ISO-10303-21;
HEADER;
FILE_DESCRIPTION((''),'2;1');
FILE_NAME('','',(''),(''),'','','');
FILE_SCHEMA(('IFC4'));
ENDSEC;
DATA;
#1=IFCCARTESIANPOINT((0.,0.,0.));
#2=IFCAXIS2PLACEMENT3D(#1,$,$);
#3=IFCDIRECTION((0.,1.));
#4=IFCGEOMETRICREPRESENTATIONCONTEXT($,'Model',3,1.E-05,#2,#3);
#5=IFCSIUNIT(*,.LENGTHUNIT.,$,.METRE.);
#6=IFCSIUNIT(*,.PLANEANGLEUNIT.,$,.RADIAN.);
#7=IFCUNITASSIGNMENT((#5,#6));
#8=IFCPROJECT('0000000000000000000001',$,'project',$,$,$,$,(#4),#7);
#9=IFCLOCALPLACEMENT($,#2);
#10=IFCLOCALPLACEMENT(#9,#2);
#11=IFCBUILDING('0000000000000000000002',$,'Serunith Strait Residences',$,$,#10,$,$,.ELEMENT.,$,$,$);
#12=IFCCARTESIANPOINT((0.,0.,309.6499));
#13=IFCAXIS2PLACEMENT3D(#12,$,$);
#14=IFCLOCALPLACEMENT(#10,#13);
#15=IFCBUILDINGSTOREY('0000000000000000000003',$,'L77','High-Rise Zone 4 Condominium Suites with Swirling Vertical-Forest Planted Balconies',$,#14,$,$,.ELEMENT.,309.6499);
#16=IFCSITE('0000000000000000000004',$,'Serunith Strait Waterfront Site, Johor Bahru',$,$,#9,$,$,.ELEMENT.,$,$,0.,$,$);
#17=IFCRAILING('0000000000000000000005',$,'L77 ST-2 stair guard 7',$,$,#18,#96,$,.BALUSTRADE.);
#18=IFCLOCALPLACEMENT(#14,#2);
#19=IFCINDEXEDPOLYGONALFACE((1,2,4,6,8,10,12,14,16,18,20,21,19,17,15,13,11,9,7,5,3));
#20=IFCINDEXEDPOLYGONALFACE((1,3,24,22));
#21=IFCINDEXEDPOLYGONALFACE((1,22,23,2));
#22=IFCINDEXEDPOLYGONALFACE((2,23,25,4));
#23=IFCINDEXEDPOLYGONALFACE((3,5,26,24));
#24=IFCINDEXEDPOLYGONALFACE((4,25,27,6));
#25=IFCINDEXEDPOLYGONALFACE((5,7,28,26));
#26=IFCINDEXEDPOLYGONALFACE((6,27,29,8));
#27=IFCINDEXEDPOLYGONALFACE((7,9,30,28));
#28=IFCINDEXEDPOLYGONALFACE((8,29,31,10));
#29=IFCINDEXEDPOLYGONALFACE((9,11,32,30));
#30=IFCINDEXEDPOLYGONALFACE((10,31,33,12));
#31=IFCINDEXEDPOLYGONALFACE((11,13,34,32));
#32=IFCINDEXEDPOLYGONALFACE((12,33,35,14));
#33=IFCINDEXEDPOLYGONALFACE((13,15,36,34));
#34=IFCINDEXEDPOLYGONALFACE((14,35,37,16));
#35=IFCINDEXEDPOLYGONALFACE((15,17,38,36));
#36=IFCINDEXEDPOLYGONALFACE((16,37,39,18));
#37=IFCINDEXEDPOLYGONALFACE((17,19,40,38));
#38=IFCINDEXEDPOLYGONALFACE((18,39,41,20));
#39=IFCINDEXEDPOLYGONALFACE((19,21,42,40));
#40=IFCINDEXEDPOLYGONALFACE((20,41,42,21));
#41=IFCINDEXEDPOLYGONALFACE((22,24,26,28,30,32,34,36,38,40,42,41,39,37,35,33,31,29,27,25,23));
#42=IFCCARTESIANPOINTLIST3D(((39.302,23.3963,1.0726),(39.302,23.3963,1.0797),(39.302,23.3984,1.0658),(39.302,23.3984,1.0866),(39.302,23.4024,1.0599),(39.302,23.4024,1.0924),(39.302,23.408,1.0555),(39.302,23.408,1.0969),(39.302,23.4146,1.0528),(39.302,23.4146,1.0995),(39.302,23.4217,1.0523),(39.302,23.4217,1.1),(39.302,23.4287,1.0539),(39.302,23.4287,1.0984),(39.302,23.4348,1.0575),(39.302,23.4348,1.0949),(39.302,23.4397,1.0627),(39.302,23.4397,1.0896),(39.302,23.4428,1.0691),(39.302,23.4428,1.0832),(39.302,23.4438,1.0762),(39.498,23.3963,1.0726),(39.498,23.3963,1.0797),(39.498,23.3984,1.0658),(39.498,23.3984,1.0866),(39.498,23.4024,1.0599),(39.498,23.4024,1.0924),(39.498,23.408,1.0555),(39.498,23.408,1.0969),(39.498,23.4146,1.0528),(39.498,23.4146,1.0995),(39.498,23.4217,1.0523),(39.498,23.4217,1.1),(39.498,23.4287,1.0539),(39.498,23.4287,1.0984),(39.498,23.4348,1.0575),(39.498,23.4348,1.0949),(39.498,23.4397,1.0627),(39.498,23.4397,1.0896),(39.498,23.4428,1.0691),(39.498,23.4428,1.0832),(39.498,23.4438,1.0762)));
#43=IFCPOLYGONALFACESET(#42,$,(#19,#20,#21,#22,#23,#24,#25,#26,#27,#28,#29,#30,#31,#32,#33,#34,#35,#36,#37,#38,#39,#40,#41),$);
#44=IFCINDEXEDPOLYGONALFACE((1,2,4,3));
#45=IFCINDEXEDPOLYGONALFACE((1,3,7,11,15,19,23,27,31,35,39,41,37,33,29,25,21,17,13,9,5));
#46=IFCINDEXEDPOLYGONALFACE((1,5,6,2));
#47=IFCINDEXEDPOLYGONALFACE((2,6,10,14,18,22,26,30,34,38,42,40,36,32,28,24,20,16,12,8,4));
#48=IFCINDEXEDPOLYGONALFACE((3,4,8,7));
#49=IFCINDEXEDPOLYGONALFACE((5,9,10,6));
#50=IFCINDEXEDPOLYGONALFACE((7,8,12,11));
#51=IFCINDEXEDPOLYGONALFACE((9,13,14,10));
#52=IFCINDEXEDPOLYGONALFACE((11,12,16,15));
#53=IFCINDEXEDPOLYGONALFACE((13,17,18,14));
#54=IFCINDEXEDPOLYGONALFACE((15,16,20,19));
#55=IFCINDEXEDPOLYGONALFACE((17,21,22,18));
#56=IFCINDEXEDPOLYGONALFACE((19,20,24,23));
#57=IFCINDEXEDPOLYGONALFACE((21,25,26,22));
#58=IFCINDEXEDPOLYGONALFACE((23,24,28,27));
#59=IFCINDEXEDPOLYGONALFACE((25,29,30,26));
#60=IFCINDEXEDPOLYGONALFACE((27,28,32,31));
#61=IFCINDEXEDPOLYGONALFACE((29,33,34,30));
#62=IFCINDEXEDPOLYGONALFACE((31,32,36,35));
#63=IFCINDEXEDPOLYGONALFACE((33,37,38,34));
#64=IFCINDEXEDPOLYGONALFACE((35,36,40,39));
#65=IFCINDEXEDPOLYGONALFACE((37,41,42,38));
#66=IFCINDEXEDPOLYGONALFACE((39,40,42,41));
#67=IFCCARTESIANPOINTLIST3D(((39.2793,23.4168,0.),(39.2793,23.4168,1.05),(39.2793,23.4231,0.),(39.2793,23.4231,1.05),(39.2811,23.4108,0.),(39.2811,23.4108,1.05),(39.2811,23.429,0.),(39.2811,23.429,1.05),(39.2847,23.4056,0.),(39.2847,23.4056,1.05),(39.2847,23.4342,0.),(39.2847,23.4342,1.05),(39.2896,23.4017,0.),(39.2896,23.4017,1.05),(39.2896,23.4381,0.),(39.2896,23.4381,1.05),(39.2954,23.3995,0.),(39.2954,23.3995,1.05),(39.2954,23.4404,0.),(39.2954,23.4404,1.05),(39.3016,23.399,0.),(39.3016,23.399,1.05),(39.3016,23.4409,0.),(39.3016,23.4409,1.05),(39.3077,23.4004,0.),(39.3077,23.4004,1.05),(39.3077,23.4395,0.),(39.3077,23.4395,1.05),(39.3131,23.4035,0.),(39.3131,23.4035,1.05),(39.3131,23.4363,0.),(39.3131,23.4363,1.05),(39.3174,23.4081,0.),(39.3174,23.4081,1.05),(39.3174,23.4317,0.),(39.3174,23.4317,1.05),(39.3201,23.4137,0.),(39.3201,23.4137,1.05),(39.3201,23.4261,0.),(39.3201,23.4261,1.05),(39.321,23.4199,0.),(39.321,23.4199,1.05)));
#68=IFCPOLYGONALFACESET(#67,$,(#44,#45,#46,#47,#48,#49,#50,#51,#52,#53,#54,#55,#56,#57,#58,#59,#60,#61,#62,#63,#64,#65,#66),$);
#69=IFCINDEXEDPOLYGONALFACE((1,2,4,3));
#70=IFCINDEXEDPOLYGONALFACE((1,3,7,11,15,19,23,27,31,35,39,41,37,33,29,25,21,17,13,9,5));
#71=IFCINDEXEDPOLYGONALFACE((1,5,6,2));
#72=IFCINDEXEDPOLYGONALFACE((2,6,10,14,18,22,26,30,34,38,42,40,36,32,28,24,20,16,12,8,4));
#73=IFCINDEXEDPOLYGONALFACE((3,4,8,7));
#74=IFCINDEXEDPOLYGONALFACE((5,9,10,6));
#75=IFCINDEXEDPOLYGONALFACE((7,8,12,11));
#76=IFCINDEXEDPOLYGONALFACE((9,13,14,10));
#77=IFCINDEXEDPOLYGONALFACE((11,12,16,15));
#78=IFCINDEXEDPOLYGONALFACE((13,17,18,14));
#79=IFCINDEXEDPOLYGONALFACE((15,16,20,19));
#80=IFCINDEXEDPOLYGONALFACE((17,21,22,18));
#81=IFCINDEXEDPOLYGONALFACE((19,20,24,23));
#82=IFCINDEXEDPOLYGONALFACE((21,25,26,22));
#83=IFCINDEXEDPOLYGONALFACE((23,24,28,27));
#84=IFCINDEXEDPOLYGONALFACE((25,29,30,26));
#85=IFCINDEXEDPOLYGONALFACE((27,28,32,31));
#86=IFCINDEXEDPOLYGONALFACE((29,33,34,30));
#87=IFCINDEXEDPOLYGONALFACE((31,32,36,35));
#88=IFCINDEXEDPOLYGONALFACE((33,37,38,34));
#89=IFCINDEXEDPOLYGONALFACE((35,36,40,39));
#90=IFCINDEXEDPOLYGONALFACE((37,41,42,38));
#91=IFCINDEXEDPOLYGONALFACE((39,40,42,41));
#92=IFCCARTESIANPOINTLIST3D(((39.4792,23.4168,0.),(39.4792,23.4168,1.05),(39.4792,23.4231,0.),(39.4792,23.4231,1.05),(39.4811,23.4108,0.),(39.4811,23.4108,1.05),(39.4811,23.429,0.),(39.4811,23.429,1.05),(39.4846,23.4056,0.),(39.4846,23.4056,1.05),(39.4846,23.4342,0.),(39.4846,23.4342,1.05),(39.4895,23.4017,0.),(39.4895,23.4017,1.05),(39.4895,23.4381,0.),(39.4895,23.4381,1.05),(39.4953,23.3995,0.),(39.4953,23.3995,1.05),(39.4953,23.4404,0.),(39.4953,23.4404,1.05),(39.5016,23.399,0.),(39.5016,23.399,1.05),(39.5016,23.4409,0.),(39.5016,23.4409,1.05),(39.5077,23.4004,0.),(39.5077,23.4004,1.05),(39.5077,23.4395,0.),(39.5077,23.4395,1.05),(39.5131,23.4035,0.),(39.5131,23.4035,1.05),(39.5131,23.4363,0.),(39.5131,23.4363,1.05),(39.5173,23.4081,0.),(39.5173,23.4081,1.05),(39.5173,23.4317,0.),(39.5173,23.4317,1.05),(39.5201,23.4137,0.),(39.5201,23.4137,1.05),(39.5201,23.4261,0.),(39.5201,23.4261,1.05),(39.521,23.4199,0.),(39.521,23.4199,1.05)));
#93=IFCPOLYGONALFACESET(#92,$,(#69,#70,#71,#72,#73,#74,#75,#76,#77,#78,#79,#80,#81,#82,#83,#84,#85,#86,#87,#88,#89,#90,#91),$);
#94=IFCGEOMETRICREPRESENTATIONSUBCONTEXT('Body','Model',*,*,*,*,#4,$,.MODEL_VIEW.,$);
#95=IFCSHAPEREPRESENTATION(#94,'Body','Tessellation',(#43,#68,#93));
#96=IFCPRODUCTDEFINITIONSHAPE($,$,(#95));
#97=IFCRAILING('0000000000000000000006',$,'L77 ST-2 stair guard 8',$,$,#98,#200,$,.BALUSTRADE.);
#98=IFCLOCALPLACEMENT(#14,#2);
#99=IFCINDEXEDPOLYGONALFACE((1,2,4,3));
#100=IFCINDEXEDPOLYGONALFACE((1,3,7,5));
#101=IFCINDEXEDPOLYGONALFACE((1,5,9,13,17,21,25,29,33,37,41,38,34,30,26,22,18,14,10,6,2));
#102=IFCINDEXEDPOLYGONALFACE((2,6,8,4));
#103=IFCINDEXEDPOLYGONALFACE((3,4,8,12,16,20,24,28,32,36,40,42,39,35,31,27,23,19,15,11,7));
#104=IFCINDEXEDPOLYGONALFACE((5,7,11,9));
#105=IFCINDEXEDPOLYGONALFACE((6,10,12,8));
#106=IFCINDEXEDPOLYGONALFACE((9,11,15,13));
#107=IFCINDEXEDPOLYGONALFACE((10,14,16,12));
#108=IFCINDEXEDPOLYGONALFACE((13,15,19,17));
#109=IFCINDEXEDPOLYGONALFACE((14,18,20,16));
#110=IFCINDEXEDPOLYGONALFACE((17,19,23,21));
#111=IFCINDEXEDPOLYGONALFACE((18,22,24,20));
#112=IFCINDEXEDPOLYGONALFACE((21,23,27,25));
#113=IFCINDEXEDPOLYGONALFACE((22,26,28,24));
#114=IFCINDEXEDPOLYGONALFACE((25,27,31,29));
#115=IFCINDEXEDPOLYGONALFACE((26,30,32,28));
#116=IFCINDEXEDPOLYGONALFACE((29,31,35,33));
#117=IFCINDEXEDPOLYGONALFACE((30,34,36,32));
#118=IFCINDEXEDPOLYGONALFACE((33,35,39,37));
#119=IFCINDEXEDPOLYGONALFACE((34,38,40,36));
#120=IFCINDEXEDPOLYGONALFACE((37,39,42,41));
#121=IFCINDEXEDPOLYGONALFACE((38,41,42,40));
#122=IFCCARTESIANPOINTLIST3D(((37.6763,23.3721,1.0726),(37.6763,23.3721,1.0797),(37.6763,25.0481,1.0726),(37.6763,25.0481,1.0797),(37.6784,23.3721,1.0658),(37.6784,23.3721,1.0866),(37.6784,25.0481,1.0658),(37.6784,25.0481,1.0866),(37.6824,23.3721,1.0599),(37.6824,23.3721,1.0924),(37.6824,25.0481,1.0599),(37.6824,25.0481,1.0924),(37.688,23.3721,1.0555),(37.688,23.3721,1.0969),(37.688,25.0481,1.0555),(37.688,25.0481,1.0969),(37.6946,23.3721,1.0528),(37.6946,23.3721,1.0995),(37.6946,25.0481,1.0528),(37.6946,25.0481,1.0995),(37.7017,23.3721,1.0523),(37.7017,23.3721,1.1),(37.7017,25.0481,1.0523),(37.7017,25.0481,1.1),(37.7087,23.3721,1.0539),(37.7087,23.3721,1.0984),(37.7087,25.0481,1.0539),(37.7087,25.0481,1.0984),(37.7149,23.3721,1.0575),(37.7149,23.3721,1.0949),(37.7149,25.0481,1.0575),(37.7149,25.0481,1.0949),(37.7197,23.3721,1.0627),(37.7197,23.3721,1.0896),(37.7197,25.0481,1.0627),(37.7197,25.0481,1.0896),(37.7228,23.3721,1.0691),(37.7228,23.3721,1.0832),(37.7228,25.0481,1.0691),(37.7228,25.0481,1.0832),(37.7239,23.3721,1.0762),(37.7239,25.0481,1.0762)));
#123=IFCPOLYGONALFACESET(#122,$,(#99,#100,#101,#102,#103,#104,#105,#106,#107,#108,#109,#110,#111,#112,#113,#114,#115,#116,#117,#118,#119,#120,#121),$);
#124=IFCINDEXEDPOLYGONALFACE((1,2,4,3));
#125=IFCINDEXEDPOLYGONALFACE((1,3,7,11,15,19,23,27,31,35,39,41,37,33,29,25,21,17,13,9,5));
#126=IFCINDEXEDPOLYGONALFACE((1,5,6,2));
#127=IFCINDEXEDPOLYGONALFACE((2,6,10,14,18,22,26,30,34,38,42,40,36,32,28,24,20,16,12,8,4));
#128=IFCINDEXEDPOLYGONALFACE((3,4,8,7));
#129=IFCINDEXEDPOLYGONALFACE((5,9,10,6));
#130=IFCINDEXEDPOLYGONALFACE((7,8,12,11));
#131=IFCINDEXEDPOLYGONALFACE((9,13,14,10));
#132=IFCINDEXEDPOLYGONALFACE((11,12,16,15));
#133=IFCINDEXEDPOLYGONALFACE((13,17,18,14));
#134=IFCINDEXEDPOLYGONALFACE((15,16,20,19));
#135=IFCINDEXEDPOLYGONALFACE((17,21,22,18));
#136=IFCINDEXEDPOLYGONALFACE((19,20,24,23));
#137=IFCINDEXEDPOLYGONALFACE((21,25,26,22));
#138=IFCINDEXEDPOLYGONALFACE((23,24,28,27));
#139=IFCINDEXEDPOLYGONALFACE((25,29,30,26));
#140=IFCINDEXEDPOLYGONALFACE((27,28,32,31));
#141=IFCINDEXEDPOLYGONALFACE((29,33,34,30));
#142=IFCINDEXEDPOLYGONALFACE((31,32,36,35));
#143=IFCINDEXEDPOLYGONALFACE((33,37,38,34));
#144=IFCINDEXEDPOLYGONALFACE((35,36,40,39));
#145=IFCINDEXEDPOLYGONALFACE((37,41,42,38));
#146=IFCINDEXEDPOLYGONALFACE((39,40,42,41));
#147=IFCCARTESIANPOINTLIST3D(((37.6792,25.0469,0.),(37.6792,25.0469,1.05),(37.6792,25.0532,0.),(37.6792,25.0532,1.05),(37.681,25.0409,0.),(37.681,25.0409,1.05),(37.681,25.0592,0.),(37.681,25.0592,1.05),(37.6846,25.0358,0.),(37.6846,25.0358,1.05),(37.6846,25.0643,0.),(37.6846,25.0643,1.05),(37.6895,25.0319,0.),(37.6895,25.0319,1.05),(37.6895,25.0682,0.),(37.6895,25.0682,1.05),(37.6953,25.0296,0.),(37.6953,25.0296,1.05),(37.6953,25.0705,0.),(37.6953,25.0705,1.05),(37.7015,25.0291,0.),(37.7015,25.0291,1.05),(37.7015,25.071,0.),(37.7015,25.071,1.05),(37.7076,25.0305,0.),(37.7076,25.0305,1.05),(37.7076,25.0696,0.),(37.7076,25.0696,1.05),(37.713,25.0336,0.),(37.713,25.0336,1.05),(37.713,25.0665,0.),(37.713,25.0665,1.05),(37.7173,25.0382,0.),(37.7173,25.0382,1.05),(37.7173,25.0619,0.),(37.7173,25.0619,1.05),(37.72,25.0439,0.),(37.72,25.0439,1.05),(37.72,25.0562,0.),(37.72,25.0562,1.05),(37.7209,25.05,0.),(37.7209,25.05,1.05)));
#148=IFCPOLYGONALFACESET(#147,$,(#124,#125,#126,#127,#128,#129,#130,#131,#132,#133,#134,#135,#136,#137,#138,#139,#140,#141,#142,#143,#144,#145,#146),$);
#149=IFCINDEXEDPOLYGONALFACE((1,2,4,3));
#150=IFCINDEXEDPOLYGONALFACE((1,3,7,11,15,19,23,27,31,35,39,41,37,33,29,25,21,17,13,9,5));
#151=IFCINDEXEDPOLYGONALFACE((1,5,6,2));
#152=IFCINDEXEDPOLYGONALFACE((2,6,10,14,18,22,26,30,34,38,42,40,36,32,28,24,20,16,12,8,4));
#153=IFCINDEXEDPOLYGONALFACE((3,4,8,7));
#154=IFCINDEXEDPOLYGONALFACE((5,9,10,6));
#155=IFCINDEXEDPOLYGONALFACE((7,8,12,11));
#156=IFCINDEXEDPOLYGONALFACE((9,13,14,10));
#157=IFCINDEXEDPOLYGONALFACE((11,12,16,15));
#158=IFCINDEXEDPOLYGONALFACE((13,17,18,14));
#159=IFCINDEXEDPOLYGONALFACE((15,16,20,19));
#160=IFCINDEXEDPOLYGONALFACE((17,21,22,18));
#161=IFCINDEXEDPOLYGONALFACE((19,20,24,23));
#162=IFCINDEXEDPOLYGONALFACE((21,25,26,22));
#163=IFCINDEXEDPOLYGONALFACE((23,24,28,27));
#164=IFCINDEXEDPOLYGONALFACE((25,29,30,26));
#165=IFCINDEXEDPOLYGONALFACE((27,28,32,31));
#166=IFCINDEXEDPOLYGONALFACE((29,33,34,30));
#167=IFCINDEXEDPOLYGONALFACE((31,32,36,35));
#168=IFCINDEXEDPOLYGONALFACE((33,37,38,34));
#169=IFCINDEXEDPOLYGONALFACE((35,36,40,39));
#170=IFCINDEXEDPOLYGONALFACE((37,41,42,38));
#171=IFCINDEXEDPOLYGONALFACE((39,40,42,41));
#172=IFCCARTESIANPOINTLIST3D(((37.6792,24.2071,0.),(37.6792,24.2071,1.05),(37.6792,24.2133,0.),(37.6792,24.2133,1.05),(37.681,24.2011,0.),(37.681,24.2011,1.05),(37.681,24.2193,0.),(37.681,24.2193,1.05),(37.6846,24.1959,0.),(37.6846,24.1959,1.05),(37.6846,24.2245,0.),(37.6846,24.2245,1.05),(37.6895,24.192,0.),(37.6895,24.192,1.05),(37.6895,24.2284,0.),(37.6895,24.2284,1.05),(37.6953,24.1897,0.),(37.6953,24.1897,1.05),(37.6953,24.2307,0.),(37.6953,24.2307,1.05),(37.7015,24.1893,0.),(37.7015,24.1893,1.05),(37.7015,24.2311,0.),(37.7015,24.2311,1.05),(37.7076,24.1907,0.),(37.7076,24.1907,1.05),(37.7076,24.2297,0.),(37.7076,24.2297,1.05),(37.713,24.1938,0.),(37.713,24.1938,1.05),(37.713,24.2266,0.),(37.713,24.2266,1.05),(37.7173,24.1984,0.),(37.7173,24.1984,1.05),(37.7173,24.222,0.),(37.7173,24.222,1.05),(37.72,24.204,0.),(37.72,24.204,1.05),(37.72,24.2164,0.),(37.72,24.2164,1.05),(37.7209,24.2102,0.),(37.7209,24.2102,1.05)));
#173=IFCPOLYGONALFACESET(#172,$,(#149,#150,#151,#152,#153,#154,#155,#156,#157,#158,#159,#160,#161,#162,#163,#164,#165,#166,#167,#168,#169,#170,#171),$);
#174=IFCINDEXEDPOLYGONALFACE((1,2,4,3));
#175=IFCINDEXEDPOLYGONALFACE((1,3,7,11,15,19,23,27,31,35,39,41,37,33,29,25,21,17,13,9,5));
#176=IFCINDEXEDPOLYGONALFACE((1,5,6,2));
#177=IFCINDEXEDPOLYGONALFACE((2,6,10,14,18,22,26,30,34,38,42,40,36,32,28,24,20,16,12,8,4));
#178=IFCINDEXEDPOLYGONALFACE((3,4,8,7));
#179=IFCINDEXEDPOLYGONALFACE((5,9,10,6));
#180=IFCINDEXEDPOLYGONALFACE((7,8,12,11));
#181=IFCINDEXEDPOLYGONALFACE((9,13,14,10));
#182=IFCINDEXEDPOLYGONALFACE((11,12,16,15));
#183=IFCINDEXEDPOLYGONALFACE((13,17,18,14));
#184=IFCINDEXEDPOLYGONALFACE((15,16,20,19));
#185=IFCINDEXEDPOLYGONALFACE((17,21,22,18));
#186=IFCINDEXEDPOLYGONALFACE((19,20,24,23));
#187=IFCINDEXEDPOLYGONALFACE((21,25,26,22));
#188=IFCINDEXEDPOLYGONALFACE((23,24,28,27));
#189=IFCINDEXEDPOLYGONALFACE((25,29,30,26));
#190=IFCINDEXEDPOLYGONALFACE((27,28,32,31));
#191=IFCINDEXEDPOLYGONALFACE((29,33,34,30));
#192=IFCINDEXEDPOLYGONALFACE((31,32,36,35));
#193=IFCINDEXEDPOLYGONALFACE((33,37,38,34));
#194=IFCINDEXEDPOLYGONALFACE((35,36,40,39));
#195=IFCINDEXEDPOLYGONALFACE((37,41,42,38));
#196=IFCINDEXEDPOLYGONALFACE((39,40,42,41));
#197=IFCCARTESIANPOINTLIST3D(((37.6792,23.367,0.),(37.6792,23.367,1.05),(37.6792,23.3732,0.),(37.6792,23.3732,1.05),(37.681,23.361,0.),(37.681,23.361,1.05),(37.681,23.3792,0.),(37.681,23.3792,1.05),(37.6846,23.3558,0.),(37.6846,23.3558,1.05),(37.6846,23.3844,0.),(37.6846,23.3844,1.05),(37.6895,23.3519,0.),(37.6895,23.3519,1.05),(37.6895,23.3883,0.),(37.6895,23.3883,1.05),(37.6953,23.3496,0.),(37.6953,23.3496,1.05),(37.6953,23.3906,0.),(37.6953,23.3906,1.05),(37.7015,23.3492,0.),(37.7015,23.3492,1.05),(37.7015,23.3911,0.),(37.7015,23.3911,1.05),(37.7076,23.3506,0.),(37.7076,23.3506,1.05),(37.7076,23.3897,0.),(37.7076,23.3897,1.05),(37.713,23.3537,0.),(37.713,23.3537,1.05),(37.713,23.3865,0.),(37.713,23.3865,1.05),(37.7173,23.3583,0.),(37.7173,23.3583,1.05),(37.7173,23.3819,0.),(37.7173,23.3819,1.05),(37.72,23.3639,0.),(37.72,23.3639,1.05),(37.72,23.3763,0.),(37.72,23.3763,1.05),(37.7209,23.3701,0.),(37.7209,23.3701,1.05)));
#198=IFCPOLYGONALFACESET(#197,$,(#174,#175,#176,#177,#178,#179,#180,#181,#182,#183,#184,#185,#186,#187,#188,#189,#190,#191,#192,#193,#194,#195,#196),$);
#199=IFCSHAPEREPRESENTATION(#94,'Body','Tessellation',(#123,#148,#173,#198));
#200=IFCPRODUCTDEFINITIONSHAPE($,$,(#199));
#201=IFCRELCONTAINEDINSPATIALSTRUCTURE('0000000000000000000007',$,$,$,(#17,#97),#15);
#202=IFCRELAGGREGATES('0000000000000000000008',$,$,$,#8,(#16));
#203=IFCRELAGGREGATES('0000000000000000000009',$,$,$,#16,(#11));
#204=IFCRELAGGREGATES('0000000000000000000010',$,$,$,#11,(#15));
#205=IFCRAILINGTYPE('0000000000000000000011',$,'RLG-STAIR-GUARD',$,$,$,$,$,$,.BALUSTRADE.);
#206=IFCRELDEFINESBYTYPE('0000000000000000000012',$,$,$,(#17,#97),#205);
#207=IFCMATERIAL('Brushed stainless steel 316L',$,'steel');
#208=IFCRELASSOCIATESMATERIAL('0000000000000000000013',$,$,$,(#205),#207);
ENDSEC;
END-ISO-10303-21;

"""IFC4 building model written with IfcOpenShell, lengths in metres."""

from ifc_helpers import new_model, si_unit, direction, frame, origin, origin_2d, place, context, subcontext, project, spatial, circle, extrude, material, type_object, element, save


model = new_model("IFC4")

# Units and contexts
model_context = context("Model", 3, precision=1e-05, world=origin(), true_north=direction((0.0, 1.0)))
body_context = subcontext(model_context, "Body", "Model", "MODEL_VIEW")
ifc_project = project(units=[si_unit("LENGTHUNIT", "METRE"), si_unit("PLANEANGLEUNIT", "RADIAN")], contexts=[model_context])

# Site, building, storey
site_placement = place(None, origin())
site = spatial("IfcSite", under=ifc_project, at=site_placement, Name="Serunith Strait Waterfront Site, Johor Bahru", CompositionType="ELEMENT", RefElevation=0.0)
building_placement = place(site_placement, origin())
building = spatial("IfcBuilding", under=site, at=building_placement, Name="Serunith Strait Residences", CompositionType="ELEMENT")
storey_placement = place(building_placement, frame((0.0, 0.0, 309.6499)))
storey = spatial("IfcBuildingStorey", under=building, at=storey_placement, Name="L77", Description="High-Rise Zone 4 Condominium Suites with Swirling Vertical-Forest Planted Balconies", CompositionType="ELEMENT", Elevation=309.6499)

# Railings
ifc_material_1 = material(Name="Brushed stainless steel 316L", Category="steel")
railing_type = type_object("IfcRailingType", Name="RLG-STAIR-GUARD", PredefinedType="BALUSTRADE", material=ifc_material_1)
railing_1_placement = place(storey_placement, frame((39.3, 23.4199, 0.0)))
element("IfcRailing", 1, at=railing_1_placement, inside=storey, type_object=railing_type, Name="L77 ST-2 stair guard 7", PredefinedType="BALUSTRADE", context=body_context, shape_type="SweptSolid", body=[
    extrude(circle(Radius=0.0239, at=origin_2d()), frame((0.002, 0.0, 1.0762), z_axis=(1.0, 0.0, 0.0), x_axis=(0.0, 1.0, 0.0)), (0.0, 0.0, 1.0), 0.196),
    extrude(circle(Radius=0.021, at=origin_2d()), origin(), (0.0, 0.0, 1.0), 1.05),
    extrude(circle(Radius=0.021, at=origin_2d()), frame((0.2, 0.0, 0.0)), (0.0, 0.0, 1.0), 1.05),
])
for number, where, name in (
    (2, (37.7, 25.05, 0.0), "L77 ST-2 stair guard 8"),
):
    element("IfcRailing", number, at=place(storey_placement, frame(where)), inside=storey, type_object=railing_type, Name=name, PredefinedType="BALUSTRADE", context=body_context, shape_type="SweptSolid", body=[
        extrude(circle(Radius=0.0239, at=origin_2d()), frame((0.0, -0.002, 1.0762), z_axis=(0.0, -1.0, 0.0), x_axis=(1.0, 0.0, 0.0)), (0.0, 0.0, 1.0), 1.676),
        extrude(circle(Radius=0.021, at=origin_2d()), origin(), (0.0, 0.0, 1.0), 1.05),
        extrude(circle(Radius=0.021, at=origin_2d()), frame((0.0, -0.8398, 0.0)), (0.0, 0.0, 1.0), 1.05),
        extrude(circle(Radius=0.021, at=origin_2d()), frame((0.0, -1.6799, 0.0)), (0.0, 0.0, 1.0), 1.05),
    ])

save(model, "model.ifc")
